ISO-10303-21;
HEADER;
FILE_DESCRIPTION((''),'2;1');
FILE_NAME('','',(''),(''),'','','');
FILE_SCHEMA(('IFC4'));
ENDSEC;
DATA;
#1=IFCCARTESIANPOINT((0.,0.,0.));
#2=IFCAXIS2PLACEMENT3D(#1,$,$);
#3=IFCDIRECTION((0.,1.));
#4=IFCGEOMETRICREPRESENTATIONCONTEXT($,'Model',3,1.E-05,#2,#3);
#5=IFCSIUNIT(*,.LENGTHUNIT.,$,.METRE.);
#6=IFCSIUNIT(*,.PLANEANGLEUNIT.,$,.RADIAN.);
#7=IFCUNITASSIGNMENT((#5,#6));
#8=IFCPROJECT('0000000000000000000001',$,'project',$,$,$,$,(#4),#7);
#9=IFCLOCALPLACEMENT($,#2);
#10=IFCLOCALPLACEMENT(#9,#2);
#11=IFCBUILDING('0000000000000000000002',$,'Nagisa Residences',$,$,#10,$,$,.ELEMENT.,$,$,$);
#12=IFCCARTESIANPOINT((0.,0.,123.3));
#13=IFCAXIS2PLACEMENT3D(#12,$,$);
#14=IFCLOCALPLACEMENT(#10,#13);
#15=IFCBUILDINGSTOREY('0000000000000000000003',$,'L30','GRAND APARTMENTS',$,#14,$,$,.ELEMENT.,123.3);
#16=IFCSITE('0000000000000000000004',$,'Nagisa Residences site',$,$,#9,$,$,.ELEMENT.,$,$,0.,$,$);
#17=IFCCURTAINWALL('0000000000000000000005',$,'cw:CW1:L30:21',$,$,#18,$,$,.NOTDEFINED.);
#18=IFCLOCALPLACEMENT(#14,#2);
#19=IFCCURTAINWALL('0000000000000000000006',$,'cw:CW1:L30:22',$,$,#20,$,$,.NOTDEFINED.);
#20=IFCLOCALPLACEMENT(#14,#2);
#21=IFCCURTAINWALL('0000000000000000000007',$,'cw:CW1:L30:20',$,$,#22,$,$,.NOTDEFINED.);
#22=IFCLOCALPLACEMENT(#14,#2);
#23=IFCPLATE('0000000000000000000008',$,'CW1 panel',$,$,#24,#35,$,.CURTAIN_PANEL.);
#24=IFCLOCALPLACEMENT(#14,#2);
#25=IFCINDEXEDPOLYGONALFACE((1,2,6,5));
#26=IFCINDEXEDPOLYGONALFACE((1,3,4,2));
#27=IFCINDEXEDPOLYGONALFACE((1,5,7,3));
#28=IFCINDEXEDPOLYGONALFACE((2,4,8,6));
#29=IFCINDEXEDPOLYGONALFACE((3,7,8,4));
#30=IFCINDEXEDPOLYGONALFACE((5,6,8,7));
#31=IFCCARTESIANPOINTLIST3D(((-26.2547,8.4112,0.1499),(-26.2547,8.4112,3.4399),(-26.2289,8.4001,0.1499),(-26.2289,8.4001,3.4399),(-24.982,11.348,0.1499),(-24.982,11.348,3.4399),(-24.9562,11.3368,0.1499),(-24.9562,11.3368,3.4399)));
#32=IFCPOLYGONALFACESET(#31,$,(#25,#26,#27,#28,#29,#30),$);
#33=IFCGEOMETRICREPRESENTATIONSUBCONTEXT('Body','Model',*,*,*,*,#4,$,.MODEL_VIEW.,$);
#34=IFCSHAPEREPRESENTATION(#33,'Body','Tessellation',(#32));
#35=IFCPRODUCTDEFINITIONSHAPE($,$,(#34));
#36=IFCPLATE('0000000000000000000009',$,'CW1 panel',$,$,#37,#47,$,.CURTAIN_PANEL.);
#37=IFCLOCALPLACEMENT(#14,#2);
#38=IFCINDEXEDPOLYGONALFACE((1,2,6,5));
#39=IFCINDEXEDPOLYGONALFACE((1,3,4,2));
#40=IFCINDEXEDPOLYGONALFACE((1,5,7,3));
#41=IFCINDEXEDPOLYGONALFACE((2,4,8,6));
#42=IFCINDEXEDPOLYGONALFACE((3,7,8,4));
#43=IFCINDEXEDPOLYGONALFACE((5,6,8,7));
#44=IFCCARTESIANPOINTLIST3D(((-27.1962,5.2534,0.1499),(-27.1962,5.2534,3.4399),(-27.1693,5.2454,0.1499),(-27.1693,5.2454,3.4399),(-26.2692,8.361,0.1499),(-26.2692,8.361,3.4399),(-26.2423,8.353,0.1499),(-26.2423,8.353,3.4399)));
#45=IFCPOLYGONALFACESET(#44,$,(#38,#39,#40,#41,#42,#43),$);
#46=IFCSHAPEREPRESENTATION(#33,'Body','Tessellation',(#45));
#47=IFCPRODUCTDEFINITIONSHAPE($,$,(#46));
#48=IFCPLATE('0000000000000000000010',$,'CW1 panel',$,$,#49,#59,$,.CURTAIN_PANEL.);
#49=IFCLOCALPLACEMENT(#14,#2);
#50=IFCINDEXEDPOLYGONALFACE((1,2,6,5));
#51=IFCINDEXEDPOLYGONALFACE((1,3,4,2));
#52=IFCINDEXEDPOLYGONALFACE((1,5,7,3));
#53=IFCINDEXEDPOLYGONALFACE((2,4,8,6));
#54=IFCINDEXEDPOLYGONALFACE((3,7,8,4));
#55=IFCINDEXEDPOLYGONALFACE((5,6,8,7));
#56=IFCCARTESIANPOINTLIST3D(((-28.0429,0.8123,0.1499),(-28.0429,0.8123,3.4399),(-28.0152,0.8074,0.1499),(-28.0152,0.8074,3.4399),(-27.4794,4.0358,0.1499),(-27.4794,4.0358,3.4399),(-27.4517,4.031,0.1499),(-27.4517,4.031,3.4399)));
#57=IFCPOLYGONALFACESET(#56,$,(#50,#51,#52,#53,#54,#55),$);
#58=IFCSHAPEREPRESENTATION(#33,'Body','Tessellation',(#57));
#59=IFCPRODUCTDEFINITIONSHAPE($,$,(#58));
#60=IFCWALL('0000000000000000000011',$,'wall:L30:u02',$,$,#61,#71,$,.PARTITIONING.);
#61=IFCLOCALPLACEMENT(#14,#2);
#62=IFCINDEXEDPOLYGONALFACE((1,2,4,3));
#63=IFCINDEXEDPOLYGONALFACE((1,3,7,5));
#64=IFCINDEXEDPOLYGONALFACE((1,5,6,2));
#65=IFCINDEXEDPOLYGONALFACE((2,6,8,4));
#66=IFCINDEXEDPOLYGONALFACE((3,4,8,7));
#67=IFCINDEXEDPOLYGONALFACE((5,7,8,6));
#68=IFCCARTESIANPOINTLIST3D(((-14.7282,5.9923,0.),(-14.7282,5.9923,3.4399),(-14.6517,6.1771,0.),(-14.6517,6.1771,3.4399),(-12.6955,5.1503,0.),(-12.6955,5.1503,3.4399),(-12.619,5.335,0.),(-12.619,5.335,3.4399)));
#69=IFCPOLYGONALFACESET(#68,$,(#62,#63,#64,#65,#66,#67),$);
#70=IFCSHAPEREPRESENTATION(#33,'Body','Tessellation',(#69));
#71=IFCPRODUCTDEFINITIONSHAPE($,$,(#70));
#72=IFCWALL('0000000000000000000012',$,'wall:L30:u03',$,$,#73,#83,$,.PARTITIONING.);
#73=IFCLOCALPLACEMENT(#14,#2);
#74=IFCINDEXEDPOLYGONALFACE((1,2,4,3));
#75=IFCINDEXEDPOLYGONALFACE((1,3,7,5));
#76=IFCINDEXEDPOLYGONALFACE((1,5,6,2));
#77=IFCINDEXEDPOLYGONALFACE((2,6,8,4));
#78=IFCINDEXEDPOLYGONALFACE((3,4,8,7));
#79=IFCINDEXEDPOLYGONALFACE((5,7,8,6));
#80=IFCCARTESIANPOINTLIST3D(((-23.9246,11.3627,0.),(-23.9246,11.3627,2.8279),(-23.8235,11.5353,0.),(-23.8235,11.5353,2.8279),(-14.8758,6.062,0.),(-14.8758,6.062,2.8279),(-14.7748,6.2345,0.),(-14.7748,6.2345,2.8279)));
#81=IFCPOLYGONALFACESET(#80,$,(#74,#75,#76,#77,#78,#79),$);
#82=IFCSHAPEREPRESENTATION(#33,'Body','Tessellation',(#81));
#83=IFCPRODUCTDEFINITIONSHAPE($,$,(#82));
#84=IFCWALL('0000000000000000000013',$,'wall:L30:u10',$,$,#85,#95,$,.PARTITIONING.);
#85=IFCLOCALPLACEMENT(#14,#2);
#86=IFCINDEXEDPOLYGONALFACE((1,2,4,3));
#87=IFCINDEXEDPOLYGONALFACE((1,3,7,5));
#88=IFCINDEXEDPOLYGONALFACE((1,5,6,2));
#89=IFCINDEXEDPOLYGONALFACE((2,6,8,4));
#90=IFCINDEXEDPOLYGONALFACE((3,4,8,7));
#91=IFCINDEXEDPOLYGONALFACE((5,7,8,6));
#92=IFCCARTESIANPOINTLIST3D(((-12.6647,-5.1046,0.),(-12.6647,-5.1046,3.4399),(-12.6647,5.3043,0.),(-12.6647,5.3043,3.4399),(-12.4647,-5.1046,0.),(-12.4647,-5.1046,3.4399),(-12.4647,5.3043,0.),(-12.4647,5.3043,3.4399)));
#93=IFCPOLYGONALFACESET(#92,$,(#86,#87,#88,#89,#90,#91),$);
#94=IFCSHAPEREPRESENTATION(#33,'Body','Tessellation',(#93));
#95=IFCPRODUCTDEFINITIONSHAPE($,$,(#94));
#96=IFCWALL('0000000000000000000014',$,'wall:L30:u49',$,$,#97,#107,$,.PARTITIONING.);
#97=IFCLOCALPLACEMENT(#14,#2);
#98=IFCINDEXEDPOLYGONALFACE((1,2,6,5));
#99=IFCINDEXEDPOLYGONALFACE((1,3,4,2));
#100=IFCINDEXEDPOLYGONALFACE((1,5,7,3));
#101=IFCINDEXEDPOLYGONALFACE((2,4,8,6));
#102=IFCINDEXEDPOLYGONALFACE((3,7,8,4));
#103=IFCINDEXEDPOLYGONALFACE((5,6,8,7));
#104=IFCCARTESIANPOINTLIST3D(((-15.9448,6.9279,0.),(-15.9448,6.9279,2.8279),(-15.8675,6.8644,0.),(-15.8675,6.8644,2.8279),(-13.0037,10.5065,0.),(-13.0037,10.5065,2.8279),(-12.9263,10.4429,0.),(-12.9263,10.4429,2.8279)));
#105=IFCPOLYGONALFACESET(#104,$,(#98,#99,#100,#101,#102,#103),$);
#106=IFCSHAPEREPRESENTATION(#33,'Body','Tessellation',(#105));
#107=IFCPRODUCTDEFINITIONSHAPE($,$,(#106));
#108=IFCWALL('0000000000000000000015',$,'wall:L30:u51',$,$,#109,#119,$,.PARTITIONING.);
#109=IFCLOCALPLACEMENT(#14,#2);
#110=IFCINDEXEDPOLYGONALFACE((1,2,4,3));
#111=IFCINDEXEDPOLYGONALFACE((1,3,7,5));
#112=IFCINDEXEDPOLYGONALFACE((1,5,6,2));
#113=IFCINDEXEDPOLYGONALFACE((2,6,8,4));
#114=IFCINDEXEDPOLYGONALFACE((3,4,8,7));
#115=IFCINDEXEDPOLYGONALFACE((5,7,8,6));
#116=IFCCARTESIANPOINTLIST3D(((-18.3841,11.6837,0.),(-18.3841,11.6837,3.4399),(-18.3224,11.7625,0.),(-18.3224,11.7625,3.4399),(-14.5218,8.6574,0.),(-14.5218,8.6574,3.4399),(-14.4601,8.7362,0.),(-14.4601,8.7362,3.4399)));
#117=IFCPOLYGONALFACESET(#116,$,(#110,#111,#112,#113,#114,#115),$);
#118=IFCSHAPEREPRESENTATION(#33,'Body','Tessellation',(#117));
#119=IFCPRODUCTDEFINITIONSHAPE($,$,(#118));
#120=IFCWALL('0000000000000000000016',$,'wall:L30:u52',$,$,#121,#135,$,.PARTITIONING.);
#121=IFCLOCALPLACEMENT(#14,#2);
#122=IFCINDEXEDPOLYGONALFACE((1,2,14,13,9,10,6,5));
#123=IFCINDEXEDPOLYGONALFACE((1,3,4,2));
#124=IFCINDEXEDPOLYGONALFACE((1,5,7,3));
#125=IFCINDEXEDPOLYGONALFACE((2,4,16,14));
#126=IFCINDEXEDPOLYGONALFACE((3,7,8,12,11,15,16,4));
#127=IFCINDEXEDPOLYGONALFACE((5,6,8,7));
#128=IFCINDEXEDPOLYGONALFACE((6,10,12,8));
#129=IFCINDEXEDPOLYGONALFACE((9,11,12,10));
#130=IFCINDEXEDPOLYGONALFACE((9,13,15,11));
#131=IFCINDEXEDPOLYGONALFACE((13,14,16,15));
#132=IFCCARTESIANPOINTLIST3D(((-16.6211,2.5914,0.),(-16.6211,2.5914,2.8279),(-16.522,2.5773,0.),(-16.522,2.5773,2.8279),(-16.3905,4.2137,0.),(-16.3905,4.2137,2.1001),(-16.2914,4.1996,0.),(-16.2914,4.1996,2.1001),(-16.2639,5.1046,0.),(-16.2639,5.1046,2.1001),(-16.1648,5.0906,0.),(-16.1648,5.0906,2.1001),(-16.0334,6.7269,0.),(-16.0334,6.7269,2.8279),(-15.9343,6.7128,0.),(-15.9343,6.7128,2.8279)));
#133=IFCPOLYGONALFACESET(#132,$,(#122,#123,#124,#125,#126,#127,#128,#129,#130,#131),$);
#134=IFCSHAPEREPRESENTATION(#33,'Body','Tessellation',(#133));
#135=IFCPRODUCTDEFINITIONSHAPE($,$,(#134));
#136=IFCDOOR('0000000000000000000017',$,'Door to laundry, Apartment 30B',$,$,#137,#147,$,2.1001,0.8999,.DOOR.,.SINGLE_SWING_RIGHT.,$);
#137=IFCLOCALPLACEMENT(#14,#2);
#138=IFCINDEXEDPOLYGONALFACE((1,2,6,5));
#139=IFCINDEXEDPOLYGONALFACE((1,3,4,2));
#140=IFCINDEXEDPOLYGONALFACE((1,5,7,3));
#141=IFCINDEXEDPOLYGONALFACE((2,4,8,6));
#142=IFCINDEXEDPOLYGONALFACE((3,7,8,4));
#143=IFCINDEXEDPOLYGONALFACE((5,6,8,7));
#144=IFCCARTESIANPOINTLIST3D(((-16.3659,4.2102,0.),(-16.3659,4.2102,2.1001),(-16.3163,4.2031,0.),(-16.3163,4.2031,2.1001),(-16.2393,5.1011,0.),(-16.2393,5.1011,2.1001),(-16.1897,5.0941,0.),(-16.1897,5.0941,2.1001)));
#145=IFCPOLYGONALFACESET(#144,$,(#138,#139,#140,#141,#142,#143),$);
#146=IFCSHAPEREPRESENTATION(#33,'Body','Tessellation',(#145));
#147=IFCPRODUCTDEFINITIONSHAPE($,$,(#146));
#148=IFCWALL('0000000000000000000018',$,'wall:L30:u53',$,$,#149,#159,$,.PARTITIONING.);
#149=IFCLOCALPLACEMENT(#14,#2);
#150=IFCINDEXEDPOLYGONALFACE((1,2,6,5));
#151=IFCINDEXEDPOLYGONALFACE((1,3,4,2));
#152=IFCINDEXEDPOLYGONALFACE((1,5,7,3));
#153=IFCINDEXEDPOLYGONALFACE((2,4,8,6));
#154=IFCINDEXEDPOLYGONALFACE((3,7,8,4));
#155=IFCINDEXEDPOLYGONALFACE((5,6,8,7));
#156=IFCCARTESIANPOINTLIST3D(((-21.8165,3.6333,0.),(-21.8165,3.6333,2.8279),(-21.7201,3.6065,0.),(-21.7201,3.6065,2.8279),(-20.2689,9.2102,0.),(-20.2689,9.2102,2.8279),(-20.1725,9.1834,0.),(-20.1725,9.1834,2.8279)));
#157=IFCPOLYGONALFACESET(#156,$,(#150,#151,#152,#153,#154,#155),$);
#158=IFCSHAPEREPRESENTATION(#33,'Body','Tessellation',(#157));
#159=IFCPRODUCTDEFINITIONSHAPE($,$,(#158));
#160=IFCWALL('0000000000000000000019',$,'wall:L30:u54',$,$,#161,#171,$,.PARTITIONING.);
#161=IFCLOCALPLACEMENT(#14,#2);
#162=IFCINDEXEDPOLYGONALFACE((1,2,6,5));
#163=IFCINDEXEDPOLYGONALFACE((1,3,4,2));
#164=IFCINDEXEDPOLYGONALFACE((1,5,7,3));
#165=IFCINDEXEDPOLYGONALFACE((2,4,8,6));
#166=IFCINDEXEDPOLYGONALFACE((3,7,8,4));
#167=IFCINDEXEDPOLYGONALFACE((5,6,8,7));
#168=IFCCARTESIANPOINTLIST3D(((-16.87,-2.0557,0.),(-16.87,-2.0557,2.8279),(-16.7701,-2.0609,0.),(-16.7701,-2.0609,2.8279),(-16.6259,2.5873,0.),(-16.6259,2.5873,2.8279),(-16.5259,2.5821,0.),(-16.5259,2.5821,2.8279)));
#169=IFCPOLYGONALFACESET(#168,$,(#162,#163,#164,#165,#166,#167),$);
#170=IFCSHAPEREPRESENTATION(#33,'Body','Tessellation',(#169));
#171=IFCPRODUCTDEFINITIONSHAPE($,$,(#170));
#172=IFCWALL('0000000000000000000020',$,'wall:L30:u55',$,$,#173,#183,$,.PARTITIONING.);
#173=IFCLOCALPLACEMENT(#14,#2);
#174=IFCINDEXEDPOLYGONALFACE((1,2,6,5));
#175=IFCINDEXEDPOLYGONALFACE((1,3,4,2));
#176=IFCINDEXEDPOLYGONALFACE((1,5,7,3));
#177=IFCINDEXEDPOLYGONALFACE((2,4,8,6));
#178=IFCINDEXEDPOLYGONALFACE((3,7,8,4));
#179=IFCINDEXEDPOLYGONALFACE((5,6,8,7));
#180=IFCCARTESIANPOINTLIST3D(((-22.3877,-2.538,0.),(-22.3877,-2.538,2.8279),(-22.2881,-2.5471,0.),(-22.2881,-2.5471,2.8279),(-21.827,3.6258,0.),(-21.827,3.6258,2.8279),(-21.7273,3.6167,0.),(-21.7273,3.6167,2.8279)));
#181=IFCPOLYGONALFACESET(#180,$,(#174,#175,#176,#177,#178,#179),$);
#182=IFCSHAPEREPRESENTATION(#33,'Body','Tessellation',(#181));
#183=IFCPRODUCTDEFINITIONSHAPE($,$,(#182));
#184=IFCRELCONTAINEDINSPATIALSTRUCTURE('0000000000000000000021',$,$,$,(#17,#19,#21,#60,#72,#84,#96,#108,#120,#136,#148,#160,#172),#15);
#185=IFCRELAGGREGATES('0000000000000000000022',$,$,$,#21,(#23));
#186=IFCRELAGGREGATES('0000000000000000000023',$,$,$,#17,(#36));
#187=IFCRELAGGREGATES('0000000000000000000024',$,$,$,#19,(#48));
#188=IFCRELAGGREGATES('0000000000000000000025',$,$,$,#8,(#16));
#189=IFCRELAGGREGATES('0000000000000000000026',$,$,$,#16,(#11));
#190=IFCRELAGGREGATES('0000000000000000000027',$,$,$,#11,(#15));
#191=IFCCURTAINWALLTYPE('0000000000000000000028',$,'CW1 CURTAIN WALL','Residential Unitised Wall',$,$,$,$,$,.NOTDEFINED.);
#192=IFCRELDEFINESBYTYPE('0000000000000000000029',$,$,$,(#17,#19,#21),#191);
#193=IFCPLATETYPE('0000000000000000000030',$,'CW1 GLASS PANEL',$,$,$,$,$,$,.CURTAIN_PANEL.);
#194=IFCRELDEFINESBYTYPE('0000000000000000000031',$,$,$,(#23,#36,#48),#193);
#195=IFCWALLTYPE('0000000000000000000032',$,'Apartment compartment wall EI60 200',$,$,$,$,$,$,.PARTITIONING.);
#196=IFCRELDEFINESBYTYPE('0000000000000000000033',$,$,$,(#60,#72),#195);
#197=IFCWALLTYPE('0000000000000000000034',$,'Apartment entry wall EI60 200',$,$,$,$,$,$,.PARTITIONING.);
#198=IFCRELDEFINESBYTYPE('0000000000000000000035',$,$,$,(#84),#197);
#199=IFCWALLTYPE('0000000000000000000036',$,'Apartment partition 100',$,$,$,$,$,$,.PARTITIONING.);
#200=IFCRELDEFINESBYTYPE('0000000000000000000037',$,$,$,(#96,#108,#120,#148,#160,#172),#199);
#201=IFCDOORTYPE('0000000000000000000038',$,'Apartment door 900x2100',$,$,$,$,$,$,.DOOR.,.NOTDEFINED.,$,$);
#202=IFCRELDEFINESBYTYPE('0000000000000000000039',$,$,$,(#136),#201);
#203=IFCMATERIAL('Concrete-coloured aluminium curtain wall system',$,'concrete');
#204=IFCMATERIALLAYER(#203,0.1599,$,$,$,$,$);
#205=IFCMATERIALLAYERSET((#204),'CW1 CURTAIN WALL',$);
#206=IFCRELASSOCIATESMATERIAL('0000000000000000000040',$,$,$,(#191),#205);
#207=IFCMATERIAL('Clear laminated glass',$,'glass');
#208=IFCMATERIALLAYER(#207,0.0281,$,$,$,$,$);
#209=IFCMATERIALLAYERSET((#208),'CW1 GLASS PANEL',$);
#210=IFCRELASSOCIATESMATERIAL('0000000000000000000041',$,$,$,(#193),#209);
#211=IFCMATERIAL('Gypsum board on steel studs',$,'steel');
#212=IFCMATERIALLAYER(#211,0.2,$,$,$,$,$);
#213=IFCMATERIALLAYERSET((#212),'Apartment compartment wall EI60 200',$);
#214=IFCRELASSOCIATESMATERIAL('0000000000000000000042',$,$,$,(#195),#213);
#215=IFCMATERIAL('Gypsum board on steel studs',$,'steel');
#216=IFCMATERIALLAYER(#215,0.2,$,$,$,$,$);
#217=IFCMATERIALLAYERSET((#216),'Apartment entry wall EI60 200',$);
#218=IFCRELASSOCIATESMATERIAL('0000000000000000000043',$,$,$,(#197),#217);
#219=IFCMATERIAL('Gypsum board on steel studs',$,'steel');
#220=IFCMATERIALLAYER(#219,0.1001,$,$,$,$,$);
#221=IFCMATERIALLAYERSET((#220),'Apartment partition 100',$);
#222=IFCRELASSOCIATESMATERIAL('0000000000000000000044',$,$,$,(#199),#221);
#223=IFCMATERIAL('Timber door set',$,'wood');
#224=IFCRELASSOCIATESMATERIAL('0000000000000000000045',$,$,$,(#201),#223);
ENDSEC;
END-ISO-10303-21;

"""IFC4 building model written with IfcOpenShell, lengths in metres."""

from ifc_helpers import new_model, si_unit, direction, frame, frame_2d, origin, origin_2d, place, context, subcontext, project, spatial, rectangle, extrude, material, layer, layer_set, type_object, element, fill, aggregate, save


model = new_model("IFC4")

# Units and contexts
model_context = context("Model", 3, precision=1e-05, world=origin(), true_north=direction((0.0, 1.0)))
body_context = subcontext(model_context, "Body", "Model", "MODEL_VIEW")
ifc_project = project(units=[si_unit("LENGTHUNIT", "METRE"), si_unit("PLANEANGLEUNIT", "RADIAN")], contexts=[model_context])

# Site, building, storey
site_placement = place(None, origin())
site = spatial("IfcSite", under=ifc_project, at=site_placement, Name="Nagisa Residences site", CompositionType="ELEMENT", RefElevation=0.0)
building_placement = place(site_placement, origin())
building = spatial("IfcBuilding", under=site, at=building_placement, Name="Nagisa Residences", CompositionType="ELEMENT")
storey_placement = place(building_placement, frame((0.0, 0.0, 123.3)))
storey = spatial("IfcBuildingStorey", under=building, at=storey_placement, Name="L30", Description="GRAND APARTMENTS", CompositionType="ELEMENT", Elevation=123.3)

# Curtain walls
ifc_material_1 = material(Name="Concrete-coloured aluminium curtain wall system", Category="concrete")
ifc_layer_1 = layer(ifc_material_1, 0.1599)
ifc_layer_set_1 = layer_set([ifc_layer_1], Name="CW1 CURTAIN WALL")
curtain_wall_type = type_object("IfcCurtainWallType", Name="CW1 CURTAIN WALL", Description="Residential Unitised Wall", PredefinedType="NOTDEFINED", material=ifc_layer_set_1)
curtain_wall_1_placement = place(storey_placement, origin())
curtain_wall_1 = element("IfcCurtainWall", 1, at=curtain_wall_1_placement, inside=storey, type_object=curtain_wall_type, Name="cw:CW1:L30:21", PredefinedType="NOTDEFINED")
curtain_wall_2_placement = place(storey_placement, origin())
curtain_wall_2 = element("IfcCurtainWall", 2, at=curtain_wall_2_placement, inside=storey, type_object=curtain_wall_type, Name="cw:CW1:L30:22", PredefinedType="NOTDEFINED")

# Curtain wall, plate
curtain_wall_3_placement = place(storey_placement, origin())
curtain_wall_3 = element("IfcCurtainWall", 3, at=curtain_wall_3_placement, inside=storey, type_object=curtain_wall_type, Name="cw:CW1:L30:20", PredefinedType="NOTDEFINED")
ifc_material_2 = material(Name="Clear laminated glass", Category="glass")
ifc_layer_2 = layer(ifc_material_2, 0.0281)
ifc_layer_set_2 = layer_set([ifc_layer_2], Name="CW1 GLASS PANEL")
plate_type = type_object("IfcPlateType", Name="CW1 GLASS PANEL", PredefinedType="CURTAIN_PANEL", material=ifc_layer_set_2)
plate_1_placement = place(storey_placement, frame((-25.6055, 9.874, 0.1499), z_axis=(0.0, 0.0, 1.0), x_axis=(-0.397636, -0.917543, 0.0)))
plate_1 = element("IfcPlate", 4, at=plate_1_placement, type_object=plate_type, Name="CW1 panel", PredefinedType="CURTAIN_PANEL", context=body_context, shape_type="SweptSolid", body=[
    extrude(rectangle(XDim=3.2007, YDim=0.0281, at=origin_2d()), origin(), (0.0, 0.0, 1.0), 3.29),
])
aggregate(curtain_wall_3, [plate_1])

# Plates
plate_2_placement = place(storey_placement, frame((-26.7192, 6.8032, 0.1499), z_axis=(0.0, 0.0, 1.0), x_axis=(-0.28586, -0.958271, 0.0)))
plate_2 = element("IfcPlate", 5, at=plate_2_placement, type_object=plate_type, Name="CW1 panel", PredefinedType="CURTAIN_PANEL", context=body_context, shape_type="SweptSolid", body=[
    extrude(rectangle(XDim=3.2429, YDim=0.0281, at=origin_2d()), origin(), (0.0, 0.0, 1.0), 3.29),
])
aggregate(curtain_wall_1, [plate_2])
plate_3_placement = place(storey_placement, frame((-27.7473, 2.4216, 0.1499), z_axis=(0.0, 0.0, 1.0), x_axis=(-0.172191, -0.985064, 0.0)))
plate_3 = element("IfcPlate", 6, at=plate_3_placement, type_object=plate_type, Name="CW1 panel", PredefinedType="CURTAIN_PANEL", context=body_context, shape_type="SweptSolid", body=[
    extrude(rectangle(XDim=3.2725, YDim=0.0281, at=origin_2d()), origin(), (0.0, 0.0, 1.0), 3.29),
])
aggregate(curtain_wall_2, [plate_3])

# Walls
ifc_material_3 = material(Name="Gypsum board on steel studs", Category="steel")
ifc_layer_3 = layer(ifc_material_3, 0.2)
ifc_layer_set_3 = layer_set([ifc_layer_3], Name="Apartment compartment wall EI60 200")
wall_type_1 = type_object("IfcWallType", Name="Apartment compartment wall EI60 200", PredefinedType="PARTITIONING", material=ifc_layer_set_3)
wall_1_placement = place(storey_placement, frame((-12.6572, 5.2427, 0.0), z_axis=(0.0, 0.0, 1.0), x_axis=(-0.923869, 0.382708, 0.0)))
element("IfcWall", 7, at=wall_1_placement, inside=storey, type_object=wall_type_1, Name="wall:L30:u02", PredefinedType="PARTITIONING", context=body_context, shape_type="SweptSolid", body=[
    extrude(rectangle(XDim=2.2002, YDim=0.2, at=frame_2d((1.1001, 0.0))), origin(), (0.0, 0.0, 1.0), 3.4399),
])
wall_2_placement = place(storey_placement, frame((-14.8252, 6.1482, 0.0), z_axis=(0.0, 0.0, 1.0), x_axis=(-0.862852, 0.505457, 0.0)))
element("IfcWall", 8, at=wall_2_placement, inside=storey, type_object=wall_type_1, Name="wall:L30:u03", PredefinedType="PARTITIONING", context=body_context, shape_type="SweptSolid", body=[
    extrude(rectangle(XDim=10.4871, YDim=0.2, at=frame_2d((5.2437, 0.0))), origin(), (0.0, 0.0, 1.0), 2.8279),
])
ifc_material_4 = material(Name="Gypsum board on steel studs", Category="steel")
ifc_layer_4 = layer(ifc_material_4, 0.2)
ifc_layer_set_4 = layer_set([ifc_layer_4], Name="Apartment entry wall EI60 200")
wall_type_2 = type_object("IfcWallType", Name="Apartment entry wall EI60 200", PredefinedType="PARTITIONING", material=ifc_layer_set_4)
wall_3_placement = place(storey_placement, frame((-12.5647, 5.3044, 0.0), z_axis=(0.0, 0.0, 1.0), x_axis=(0.0, -1.0, 0.0)))
element("IfcWall", 9, at=wall_3_placement, inside=storey, type_object=wall_type_2, Name="wall:L30:u10", PredefinedType="PARTITIONING", context=body_context, shape_type="SweptSolid", body=[
    extrude(rectangle(XDim=10.4089, YDim=0.2, at=frame_2d((5.2046, 0.0))), origin(), (0.0, 0.0, 1.0), 3.4399),
])
ifc_material_5 = material(Name="Gypsum board on steel studs", Category="steel")
ifc_layer_5 = layer(ifc_material_5, 0.1001)
ifc_layer_set_5 = layer_set([ifc_layer_5], Name="Apartment partition 100")
wall_type_3 = type_object("IfcWallType", Name="Apartment partition 100", PredefinedType="PARTITIONING", material=ifc_layer_set_5)
wall_4_placement = place(storey_placement, frame((-12.9651, 10.4746, 0.0), z_axis=(0.0, 0.0, 1.0), x_axis=(-0.634944, -0.772558, 0.0)))
element("IfcWall", 10, at=wall_4_placement, inside=storey, type_object=wall_type_3, Name="wall:L30:u49", PredefinedType="PARTITIONING", context=body_context, shape_type="SweptSolid", body=[
    extrude(rectangle(XDim=4.6321, YDim=0.1001, at=frame_2d((2.3159, 0.0))), origin(), (0.0, 0.0, 1.0), 2.8279),
])
wall_5_placement = place(storey_placement, frame((-14.491, 8.6968, 0.0), z_axis=(0.0, 0.0, 1.0), x_axis=(-0.787139, 0.616775, 0.0)))
element("IfcWall", 11, at=wall_5_placement, inside=storey, type_object=wall_type_3, Name="wall:L30:u51", PredefinedType="PARTITIONING", context=body_context, shape_type="SweptSolid", body=[
    extrude(rectangle(XDim=4.9067, YDim=0.1001, at=frame_2d((2.4534, 0.0))), origin(), (0.0, 0.0, 1.0), 3.4399),
])

# Wall, opening, door
wall_6_placement = place(storey_placement, frame((-15.9839, 6.7197, 0.0), z_axis=(0.0, 0.0, 1.0), x_axis=(-0.140685, -0.990054, 0.0)))
wall_6 = element("IfcWall", 12, at=wall_6_placement, inside=storey, type_object=wall_type_3, Name="wall:L30:u52", PredefinedType="PARTITIONING", context=body_context, shape_type="SweptSolid", body=[
    extrude(rectangle(XDim=4.177, YDim=0.1001, at=frame_2d((2.0884, 0.0))), origin(), (0.0, 0.0, 1.0), 2.8279),
])
opening_placement = place(wall_6_placement, frame((1.6384, 0.0, 0.0)))
opening = element("IfcOpeningElement", 13, at=opening_placement, cuts=wall_6, PredefinedType="OPENING", context=body_context, shape_type="SweptSolid", body=[
    extrude(rectangle(XDim=0.8999, YDim=2.1001, at=frame_2d((0.45, 1.05))), frame((0.0, 0.0601, 0.0), z_axis=(0.0, -1.0, 0.0), x_axis=(1.0, 0.0, 0.0)), (0.0, 0.0, 1.0), 0.1201),
])
ifc_material_6 = material(Name="Timber door set", Category="wood")
door_type = type_object("IfcDoorType", Name="Apartment door 900x2100", OperationType="NOTDEFINED", PredefinedType="DOOR", material=ifc_material_6)
door_placement = place(opening_placement, origin())
door = element("IfcDoor", 14, at=door_placement, inside=storey, type_object=door_type, Name="Door to laundry, Apartment 30B", OperationType="SINGLE_SWING_RIGHT", OverallHeight=2.1001, OverallWidth=0.8999, PredefinedType="DOOR", context=body_context, shape_type="SweptSolid", body=[
    extrude(rectangle(XDim=0.8999, YDim=2.1001, at=frame_2d((0.45, 1.05))), frame((0.0, 0.0249, 0.0), z_axis=(0.0, -1.0, 0.0), x_axis=(1.0, 0.0, 0.0)), (0.0, 0.0, 1.0), 0.05),
])
fill(opening, door)

# Walls
wall_7_placement = place(storey_placement, frame((-20.2207, 9.1968, 0.0), z_axis=(0.0, 0.0, 1.0), x_axis=(-0.267398, -0.963586, 0.0)))
element("IfcWall", 15, at=wall_7_placement, inside=storey, type_object=wall_type_3, Name="wall:L30:u53", PredefinedType="PARTITIONING", context=body_context, shape_type="SweptSolid", body=[
    extrude(rectangle(XDim=5.7876, YDim=0.1001, at=frame_2d((2.8938, 0.0))), origin(), (0.0, 0.0, 1.0), 2.8279),
])
wall_8_placement = place(storey_placement, frame((-16.5759, 2.5847, 0.0), z_axis=(0.0, 0.0, 1.0), x_axis=(-0.052509, -0.99862, 0.0)))
element("IfcWall", 16, at=wall_8_placement, inside=storey, type_object=wall_type_3, Name="wall:L30:u54", PredefinedType="PARTITIONING", context=body_context, shape_type="SweptSolid", body=[
    extrude(rectangle(XDim=4.6494, YDim=0.1001, at=frame_2d((2.3247, 0.0))), origin(), (0.0, 0.0, 1.0), 2.8279),
])
wall_9_placement = place(storey_placement, frame((-21.7771, 3.6213, 0.0), z_axis=(0.0, 0.0, 1.0), x_axis=(-0.090607, -0.995887, 0.0)))
element("IfcWall", 17, at=wall_9_placement, inside=storey, type_object=wall_type_3, Name="wall:L30:u55", PredefinedType="PARTITIONING", context=body_context, shape_type="SweptSolid", body=[
    extrude(rectangle(XDim=6.1892, YDim=0.1001, at=frame_2d((3.0947, 0.0))), origin(), (0.0, 0.0, 1.0), 2.8279),
])

save(model, "model.ifc")
